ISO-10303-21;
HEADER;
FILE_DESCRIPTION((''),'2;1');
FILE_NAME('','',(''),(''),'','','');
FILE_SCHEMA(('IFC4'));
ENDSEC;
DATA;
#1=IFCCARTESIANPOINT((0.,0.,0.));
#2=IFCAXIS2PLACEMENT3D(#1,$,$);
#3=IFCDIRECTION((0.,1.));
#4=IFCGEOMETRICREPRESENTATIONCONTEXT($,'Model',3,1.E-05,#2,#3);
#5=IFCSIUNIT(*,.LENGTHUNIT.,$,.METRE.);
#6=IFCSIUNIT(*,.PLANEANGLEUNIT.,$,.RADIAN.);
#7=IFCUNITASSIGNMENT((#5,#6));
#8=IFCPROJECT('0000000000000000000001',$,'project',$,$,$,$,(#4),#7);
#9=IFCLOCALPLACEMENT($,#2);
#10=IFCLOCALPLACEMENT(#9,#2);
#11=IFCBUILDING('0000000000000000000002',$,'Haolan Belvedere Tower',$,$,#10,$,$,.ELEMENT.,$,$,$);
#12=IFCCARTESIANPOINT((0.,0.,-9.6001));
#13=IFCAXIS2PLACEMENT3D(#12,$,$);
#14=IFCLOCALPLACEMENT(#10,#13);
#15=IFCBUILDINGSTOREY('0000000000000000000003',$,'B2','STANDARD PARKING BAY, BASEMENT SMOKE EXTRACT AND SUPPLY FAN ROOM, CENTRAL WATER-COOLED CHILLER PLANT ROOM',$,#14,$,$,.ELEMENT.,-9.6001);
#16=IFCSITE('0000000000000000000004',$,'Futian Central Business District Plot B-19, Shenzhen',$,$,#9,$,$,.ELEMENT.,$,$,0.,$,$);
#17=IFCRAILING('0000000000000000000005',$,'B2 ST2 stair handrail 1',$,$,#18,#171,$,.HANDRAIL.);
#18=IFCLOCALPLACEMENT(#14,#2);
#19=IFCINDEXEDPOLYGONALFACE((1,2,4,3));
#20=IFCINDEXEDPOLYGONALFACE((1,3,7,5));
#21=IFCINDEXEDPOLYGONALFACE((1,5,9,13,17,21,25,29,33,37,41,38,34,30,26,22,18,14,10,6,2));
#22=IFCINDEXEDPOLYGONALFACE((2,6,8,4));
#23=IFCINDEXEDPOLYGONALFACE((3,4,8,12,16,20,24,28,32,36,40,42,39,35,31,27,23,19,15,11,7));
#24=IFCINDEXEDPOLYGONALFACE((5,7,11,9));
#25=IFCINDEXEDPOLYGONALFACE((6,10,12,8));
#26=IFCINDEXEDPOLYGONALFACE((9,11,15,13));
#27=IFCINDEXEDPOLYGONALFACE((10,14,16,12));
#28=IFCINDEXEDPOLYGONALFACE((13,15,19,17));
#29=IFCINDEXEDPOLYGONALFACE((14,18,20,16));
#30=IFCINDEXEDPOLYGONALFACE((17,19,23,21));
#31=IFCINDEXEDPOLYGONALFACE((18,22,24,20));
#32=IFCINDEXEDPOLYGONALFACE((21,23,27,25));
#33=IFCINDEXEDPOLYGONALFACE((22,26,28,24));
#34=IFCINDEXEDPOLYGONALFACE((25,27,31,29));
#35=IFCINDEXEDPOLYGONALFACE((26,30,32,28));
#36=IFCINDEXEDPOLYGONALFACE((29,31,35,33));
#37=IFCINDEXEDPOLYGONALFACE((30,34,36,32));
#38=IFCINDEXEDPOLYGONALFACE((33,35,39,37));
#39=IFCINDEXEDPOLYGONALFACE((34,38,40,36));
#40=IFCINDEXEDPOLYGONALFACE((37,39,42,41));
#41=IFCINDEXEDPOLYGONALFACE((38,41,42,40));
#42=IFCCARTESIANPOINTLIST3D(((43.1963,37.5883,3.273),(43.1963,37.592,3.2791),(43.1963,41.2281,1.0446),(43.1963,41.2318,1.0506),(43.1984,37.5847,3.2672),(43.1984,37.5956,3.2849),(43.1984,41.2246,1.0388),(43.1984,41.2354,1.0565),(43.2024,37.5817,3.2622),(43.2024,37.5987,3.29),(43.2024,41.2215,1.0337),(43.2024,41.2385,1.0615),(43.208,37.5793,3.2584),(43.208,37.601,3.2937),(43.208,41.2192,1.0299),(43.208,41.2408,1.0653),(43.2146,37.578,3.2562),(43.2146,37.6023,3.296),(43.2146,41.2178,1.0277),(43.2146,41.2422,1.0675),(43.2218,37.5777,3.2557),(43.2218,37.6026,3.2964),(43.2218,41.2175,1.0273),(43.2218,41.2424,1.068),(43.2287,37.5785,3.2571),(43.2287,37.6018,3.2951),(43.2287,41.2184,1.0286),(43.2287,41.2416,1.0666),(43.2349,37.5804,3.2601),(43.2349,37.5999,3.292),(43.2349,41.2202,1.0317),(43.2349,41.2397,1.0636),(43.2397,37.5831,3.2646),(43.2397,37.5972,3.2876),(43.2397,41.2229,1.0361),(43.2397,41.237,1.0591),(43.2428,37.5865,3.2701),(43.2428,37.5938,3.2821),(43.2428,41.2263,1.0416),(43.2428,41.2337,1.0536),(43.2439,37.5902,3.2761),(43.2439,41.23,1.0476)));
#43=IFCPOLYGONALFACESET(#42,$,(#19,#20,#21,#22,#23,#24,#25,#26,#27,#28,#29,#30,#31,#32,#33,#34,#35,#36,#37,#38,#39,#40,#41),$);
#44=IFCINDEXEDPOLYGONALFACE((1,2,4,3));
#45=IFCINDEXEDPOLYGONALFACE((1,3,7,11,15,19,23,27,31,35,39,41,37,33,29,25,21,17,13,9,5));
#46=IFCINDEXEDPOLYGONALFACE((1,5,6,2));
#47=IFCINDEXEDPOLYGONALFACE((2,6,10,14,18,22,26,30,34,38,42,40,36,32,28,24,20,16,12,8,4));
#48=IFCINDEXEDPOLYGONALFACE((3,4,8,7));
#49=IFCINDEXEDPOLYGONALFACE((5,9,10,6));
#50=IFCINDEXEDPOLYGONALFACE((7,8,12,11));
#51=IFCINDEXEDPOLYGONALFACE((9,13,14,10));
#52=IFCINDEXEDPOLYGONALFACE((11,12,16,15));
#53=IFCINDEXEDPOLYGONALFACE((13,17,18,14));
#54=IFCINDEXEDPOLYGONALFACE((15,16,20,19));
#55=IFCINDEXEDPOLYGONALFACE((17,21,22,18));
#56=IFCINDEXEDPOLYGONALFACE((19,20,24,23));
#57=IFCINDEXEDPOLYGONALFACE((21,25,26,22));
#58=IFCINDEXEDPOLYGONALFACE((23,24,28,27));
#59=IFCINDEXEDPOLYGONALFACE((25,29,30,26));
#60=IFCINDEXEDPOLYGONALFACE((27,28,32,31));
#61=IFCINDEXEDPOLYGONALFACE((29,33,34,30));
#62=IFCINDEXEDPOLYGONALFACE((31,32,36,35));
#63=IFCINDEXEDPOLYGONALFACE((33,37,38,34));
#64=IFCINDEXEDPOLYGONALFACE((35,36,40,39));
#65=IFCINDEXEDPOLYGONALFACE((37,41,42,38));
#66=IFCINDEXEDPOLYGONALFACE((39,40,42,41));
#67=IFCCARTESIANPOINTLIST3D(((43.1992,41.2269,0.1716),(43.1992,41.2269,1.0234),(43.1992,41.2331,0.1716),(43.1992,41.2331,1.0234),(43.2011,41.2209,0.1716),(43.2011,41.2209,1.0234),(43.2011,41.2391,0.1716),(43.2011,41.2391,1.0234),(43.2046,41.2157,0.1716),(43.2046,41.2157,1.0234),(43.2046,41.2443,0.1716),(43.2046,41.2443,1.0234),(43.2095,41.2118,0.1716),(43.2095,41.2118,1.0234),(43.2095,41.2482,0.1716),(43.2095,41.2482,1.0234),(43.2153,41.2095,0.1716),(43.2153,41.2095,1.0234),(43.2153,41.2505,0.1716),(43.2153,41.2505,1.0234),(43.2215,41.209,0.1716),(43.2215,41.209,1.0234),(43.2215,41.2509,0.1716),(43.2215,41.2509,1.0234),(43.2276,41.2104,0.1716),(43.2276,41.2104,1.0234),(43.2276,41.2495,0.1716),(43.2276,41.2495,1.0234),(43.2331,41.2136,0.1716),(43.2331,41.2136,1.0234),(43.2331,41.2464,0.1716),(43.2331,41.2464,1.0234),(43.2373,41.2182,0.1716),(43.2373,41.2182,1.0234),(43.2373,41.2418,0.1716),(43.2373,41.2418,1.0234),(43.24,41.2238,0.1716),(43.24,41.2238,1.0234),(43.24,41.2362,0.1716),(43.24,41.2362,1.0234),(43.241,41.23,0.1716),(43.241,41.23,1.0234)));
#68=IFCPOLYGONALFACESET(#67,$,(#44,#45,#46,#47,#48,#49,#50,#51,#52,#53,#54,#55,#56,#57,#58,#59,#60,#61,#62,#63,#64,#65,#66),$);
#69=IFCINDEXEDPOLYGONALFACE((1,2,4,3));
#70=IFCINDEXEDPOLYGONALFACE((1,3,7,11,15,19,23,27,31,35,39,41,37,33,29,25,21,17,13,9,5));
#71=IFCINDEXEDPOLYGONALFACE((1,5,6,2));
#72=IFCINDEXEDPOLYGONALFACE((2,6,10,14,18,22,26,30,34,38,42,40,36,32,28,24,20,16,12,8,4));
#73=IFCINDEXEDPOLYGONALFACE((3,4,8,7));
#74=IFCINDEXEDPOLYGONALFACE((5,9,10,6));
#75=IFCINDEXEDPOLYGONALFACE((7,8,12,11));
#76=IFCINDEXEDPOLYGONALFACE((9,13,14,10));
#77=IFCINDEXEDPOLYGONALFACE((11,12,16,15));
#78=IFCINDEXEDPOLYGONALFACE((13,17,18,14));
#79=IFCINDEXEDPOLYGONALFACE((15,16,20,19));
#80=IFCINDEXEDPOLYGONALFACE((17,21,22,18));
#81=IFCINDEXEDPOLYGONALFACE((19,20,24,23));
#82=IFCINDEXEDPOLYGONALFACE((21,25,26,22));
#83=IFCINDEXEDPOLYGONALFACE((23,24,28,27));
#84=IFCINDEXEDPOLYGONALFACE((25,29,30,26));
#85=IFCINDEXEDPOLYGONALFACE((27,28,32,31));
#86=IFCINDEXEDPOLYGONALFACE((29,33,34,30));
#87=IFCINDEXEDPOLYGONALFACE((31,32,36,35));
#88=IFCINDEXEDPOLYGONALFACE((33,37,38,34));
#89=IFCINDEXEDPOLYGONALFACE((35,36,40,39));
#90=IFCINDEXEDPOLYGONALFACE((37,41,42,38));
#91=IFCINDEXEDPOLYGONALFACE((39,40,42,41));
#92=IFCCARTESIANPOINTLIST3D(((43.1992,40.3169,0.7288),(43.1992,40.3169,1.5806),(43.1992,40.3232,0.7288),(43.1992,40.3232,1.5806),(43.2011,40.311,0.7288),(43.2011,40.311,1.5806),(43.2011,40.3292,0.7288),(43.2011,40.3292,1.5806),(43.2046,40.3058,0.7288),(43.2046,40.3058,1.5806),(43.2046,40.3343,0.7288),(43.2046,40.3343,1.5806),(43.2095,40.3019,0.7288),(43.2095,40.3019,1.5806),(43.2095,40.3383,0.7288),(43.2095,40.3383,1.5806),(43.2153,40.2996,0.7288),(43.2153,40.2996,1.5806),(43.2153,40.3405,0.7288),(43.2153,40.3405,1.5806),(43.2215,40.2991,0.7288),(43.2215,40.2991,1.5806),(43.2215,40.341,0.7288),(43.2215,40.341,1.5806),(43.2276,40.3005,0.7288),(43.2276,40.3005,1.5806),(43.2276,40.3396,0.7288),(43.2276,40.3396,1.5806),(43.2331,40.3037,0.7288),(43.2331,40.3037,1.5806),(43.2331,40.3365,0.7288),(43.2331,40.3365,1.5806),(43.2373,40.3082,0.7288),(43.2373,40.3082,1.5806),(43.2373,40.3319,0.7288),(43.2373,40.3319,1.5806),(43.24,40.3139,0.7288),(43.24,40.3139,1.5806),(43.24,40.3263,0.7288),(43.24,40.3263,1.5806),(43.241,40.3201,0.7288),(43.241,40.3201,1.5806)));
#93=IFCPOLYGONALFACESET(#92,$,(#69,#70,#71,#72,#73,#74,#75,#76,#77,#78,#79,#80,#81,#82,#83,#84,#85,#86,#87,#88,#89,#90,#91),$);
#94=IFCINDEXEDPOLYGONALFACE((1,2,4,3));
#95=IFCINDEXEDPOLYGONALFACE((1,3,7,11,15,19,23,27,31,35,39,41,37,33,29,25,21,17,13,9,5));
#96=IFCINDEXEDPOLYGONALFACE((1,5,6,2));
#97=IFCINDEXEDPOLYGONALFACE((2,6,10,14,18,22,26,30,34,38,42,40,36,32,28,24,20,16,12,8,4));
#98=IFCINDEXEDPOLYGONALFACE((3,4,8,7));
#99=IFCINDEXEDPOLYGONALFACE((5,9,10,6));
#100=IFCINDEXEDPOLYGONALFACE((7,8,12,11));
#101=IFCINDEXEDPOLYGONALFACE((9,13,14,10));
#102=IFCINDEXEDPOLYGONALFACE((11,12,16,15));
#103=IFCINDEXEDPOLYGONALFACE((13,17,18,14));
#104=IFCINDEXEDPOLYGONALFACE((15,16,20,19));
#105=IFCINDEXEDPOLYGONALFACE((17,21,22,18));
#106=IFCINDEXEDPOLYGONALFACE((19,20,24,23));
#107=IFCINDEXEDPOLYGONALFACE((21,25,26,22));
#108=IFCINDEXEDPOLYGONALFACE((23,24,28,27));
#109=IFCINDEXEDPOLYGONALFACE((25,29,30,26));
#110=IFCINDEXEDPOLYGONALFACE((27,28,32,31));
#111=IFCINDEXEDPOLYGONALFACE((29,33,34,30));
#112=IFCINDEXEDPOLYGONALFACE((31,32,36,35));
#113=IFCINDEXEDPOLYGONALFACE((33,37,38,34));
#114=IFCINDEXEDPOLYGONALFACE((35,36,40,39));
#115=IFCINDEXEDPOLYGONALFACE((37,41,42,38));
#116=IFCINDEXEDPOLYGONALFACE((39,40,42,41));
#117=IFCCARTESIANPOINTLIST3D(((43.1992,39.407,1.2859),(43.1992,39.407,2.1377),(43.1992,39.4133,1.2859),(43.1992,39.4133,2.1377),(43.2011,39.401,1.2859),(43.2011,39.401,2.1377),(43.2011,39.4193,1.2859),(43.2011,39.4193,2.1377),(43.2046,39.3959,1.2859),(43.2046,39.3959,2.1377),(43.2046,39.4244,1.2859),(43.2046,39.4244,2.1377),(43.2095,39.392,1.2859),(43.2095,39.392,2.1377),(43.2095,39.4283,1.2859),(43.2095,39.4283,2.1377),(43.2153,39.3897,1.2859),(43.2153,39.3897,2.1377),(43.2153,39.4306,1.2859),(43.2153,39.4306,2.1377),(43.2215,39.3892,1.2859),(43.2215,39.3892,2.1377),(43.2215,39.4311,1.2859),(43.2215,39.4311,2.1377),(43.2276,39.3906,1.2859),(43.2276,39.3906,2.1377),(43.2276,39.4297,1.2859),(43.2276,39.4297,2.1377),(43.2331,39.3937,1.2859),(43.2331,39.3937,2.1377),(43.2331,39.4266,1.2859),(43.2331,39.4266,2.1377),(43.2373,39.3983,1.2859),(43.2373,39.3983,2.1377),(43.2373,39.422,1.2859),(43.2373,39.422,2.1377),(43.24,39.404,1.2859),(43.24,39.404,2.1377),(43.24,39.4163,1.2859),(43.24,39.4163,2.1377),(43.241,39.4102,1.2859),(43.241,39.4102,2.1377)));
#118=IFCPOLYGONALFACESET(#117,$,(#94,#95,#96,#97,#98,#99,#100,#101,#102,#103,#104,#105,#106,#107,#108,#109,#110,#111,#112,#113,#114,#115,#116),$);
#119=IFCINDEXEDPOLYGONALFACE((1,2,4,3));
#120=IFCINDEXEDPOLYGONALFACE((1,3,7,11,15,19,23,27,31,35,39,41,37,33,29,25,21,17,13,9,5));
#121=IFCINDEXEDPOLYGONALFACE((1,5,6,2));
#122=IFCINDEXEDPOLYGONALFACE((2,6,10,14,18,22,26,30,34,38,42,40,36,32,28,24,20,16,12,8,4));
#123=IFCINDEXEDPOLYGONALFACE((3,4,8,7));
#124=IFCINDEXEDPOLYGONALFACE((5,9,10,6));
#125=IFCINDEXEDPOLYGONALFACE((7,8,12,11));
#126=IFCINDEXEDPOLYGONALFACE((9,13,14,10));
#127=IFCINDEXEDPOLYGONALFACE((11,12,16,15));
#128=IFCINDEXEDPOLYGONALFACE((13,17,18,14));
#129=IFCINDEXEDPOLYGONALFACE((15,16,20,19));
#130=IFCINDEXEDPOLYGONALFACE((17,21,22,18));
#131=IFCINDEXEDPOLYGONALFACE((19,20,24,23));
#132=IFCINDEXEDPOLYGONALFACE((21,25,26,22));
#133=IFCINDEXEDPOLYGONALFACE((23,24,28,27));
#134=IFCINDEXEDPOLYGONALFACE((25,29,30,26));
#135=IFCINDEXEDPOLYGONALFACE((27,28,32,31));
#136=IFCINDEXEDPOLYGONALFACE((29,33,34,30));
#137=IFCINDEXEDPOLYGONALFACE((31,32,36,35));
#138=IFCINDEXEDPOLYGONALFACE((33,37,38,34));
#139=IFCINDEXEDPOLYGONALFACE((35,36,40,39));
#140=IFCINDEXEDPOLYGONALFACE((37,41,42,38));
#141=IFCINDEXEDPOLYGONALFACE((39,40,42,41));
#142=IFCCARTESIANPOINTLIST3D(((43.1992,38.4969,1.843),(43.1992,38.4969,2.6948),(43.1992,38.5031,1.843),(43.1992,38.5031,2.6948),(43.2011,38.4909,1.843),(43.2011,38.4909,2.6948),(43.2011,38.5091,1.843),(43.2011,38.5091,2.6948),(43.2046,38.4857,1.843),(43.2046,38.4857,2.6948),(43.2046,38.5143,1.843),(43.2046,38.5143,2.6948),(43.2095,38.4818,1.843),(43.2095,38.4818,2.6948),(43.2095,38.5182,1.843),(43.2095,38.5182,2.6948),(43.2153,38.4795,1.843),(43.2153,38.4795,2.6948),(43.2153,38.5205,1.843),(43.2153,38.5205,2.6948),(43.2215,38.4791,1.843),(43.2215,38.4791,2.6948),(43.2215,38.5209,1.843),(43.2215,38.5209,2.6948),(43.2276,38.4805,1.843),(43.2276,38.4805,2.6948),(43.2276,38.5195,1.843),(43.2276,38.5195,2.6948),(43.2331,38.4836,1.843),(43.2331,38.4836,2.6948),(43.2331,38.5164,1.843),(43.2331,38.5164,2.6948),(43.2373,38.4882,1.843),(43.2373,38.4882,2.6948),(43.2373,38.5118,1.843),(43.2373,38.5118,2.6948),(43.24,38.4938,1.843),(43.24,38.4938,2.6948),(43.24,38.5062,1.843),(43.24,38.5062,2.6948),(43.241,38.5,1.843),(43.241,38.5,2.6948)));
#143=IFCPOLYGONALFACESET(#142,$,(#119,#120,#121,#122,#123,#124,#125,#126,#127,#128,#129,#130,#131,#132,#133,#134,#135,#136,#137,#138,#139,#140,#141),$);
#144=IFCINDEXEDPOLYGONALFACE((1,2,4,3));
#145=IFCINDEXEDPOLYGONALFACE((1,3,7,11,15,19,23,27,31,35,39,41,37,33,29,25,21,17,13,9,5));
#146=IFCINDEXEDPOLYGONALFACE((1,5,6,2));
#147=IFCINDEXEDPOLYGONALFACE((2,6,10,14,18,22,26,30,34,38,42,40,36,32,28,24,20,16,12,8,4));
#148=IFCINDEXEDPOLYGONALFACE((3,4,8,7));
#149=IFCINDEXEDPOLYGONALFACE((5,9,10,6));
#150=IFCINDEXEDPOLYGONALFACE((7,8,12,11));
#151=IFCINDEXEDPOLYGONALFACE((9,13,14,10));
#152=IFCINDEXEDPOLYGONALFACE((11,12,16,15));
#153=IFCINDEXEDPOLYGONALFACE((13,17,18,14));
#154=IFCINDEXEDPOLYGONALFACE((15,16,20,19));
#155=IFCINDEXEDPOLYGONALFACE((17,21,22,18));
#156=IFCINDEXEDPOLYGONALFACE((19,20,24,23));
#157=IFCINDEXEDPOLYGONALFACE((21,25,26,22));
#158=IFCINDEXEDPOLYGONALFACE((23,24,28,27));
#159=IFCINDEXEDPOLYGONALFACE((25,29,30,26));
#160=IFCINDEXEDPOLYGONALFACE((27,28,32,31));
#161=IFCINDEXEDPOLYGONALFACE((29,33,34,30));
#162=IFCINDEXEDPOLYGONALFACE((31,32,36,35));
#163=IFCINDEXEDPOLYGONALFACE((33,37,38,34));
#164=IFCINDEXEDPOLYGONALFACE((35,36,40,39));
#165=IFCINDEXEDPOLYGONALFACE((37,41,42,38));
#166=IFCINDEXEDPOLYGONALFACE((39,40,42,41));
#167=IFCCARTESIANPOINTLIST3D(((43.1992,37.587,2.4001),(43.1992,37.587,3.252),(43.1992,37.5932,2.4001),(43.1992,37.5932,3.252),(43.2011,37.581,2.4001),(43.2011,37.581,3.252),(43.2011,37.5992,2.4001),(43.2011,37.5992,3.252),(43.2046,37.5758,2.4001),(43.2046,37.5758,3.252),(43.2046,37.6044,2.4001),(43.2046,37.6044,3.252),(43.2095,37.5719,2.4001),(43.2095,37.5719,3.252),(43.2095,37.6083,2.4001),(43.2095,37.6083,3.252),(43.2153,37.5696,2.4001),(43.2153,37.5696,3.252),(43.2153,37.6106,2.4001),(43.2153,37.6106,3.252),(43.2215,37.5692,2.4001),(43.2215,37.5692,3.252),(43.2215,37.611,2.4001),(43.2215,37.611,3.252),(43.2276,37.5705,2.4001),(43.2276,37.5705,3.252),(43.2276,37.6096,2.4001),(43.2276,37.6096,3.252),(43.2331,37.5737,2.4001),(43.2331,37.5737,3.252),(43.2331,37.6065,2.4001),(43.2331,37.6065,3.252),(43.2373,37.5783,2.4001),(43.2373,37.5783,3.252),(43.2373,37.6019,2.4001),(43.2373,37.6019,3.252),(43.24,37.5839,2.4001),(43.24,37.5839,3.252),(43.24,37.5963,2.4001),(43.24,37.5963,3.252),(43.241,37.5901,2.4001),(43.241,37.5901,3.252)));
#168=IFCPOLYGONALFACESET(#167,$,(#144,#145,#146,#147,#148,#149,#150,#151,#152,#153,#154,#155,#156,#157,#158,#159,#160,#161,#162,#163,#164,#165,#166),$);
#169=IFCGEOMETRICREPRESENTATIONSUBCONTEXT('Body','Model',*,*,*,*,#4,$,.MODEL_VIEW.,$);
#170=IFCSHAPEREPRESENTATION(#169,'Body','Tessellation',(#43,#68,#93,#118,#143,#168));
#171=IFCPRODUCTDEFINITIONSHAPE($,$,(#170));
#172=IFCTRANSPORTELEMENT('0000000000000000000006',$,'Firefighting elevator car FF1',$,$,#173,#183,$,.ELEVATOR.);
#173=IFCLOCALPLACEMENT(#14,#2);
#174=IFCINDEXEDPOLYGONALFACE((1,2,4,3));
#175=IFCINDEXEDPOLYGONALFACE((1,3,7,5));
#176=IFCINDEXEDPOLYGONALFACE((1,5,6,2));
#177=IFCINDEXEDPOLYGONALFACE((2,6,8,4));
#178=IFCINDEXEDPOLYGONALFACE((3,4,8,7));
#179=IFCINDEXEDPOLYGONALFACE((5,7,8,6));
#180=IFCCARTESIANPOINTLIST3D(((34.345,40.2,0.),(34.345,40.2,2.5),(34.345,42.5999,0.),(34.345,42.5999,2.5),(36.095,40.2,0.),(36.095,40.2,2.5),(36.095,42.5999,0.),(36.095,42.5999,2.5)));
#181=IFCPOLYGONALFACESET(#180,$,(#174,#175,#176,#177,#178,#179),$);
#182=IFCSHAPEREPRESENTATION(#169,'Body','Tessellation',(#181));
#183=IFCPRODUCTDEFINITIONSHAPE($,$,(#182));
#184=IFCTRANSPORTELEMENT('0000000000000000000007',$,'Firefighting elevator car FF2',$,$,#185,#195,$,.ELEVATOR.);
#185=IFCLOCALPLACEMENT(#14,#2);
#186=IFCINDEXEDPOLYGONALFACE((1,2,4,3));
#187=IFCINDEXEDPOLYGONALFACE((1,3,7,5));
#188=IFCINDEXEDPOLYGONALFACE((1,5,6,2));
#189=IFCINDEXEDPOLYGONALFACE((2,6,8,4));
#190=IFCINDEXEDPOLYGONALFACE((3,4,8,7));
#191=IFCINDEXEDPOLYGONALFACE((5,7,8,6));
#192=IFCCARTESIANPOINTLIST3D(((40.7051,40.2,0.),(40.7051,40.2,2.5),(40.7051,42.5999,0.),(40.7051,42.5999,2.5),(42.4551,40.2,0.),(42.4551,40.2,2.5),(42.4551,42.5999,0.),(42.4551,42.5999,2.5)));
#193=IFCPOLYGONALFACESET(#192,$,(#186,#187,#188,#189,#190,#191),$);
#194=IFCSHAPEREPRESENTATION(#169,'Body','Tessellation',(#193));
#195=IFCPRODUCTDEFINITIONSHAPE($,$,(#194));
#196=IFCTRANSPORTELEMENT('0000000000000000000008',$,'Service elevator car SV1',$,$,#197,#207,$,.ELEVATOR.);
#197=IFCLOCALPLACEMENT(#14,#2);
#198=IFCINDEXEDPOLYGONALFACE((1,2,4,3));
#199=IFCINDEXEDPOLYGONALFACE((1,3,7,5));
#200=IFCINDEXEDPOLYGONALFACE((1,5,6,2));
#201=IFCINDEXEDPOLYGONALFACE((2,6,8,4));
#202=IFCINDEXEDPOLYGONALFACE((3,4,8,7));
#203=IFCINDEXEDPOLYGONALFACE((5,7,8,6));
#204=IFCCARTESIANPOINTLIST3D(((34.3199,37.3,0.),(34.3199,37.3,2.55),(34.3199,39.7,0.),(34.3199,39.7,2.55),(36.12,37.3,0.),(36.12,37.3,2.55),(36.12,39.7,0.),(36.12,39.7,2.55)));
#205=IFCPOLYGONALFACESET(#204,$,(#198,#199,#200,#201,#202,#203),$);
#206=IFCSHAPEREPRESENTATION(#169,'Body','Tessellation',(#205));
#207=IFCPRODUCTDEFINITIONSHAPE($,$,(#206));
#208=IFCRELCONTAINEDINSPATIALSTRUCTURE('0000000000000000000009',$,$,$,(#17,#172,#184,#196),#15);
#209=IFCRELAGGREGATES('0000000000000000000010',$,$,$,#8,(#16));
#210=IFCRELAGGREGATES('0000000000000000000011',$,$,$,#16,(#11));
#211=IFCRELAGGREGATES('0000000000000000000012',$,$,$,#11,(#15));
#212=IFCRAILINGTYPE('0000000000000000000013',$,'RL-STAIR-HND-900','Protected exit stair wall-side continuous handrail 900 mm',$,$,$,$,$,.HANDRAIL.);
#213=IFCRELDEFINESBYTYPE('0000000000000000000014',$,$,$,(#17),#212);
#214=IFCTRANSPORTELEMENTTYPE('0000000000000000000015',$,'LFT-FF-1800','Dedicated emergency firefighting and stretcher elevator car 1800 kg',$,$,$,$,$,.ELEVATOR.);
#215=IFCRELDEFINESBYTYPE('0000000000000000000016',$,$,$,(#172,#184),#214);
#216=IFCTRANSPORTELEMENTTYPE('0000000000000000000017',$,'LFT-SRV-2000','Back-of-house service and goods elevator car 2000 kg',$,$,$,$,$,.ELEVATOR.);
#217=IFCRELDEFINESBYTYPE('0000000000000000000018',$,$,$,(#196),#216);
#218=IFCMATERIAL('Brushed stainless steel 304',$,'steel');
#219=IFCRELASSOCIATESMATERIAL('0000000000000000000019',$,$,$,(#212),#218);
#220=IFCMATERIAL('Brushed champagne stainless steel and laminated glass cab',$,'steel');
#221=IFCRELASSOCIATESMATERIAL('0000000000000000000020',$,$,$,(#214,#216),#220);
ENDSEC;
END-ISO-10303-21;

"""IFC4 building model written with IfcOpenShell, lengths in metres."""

from ifc_helpers import new_model, si_unit, direction, frame, origin, origin_2d, place, context, subcontext, project, spatial, rectangle, circle, extrude, material, type_object, element, save


model = new_model("IFC4")

# Units and contexts
model_context = context("Model", 3, precision=1e-05, world=origin(), true_north=direction((0.0, 1.0)))
body_context = subcontext(model_context, "Body", "Model", "MODEL_VIEW")
ifc_project = project(units=[si_unit("LENGTHUNIT", "METRE"), si_unit("PLANEANGLEUNIT", "RADIAN")], contexts=[model_context])

# Site, building, storey
site_placement = place(None, origin())
site = spatial("IfcSite", under=ifc_project, at=site_placement, Name="Futian Central Business District Plot B-19, Shenzhen", CompositionType="ELEMENT", RefElevation=0.0)
building_placement = place(site_placement, origin())
building = spatial("IfcBuilding", under=site, at=building_placement, Name="Haolan Belvedere Tower", CompositionType="ELEMENT")
storey_placement = place(building_placement, frame((0.0, 0.0, -9.6001)))
storey = spatial("IfcBuildingStorey", under=building, at=storey_placement, Name="B2", Description="STANDARD PARKING BAY, BASEMENT SMOKE EXTRACT AND SUPPLY FAN ROOM, CENTRAL WATER-COOLED CHILLER PLANT ROOM", CompositionType="ELEMENT", Elevation=-9.6001)

# Railing
ifc_material_1 = material(Name="Brushed stainless steel 304", Category="steel")
railing_type_1 = type_object("IfcRailingType", Name="RL-STAIR-HND-900", Description="Protected exit stair wall-side continuous handrail 900 mm", PredefinedType="HANDRAIL", material=ifc_material_1)
for number, where, name in (
    (1, (43.22, 41.23, 0.1716), "B2 ST2 stair handrail 1"),
):
    element("IfcRailing", number, at=place(storey_placement, frame(where)), inside=storey, type_object=railing_type_1, Name=name, PredefinedType="HANDRAIL", context=body_context, shape_type="SweptSolid", body=[
        extrude(circle(Radius=0.0239, at=origin_2d()), frame((0.0, 0.0, 0.876), z_axis=(0.0, -0.85285, 0.522156), x_axis=(1.0, 0.0, 0.0)), (0.0, 0.0, 1.0), 4.2678),
        extrude(circle(Radius=0.021, at=origin_2d()), origin(), (0.0, 0.0, 1.0), 0.8518),
        extrude(circle(Radius=0.021, at=origin_2d()), frame((0.0, -0.9099, 0.5571)), (0.0, 0.0, 1.0), 0.8518),
        extrude(circle(Radius=0.021, at=origin_2d()), frame((0.0, -1.8198, 1.1143)), (0.0, 0.0, 1.0), 0.8518),
        extrude(circle(Radius=0.021, at=origin_2d()), frame((0.0, -2.73, 1.6714)), (0.0, 0.0, 1.0), 0.8518),
        extrude(circle(Radius=0.021, at=origin_2d()), frame((0.0, -3.6399, 2.2285)), (0.0, 0.0, 1.0), 0.8518),
    ])

# Transport elements
ifc_material_2 = material(Name="Brushed champagne stainless steel and laminated glass cab", Category="steel")
transport_element_type_1 = type_object("IfcTransportElementType", Name="LFT-FF-1800", Description="Dedicated emergency firefighting and stretcher elevator car 1800 kg", PredefinedType="ELEVATOR", material=ifc_material_2)
for number, where, z_axis, x_axis, name in (
    (2, (35.22, 41.3999, 0.0), (0.0, 0.0, 1.0), (1.0, 0.0, 0.0), "Firefighting elevator car FF1"),
    (3, (41.5801, 41.3999, 0.0), (0.0, 0.0, 1.0), (1.0, 0.0, 0.0), "Firefighting elevator car FF2"),
):
    element("IfcTransportElement", number, at=place(storey_placement, frame(where, z_axis=z_axis, x_axis=x_axis)), inside=storey, type_object=transport_element_type_1, Name=name, PredefinedType="ELEVATOR", context=body_context, shape_type="SweptSolid", body=[
        extrude(rectangle(XDim=1.75, YDim=2.3999, at=origin_2d()), origin(), (0.0, 0.0, 1.0), 2.5),
    ])
transport_element_type_2 = type_object("IfcTransportElementType", Name="LFT-SRV-2000", Description="Back-of-house service and goods elevator car 2000 kg", PredefinedType="ELEVATOR", material=ifc_material_2)
for number, where, z_axis, x_axis, name in (
    (4, (35.22, 38.5, 0.0), (0.0, 0.0, 1.0), (1.0, 0.0, 0.0), "Service elevator car SV1"),
):
    element("IfcTransportElement", number, at=place(storey_placement, frame(where, z_axis=z_axis, x_axis=x_axis)), inside=storey, type_object=transport_element_type_2, Name=name, PredefinedType="ELEVATOR", context=body_context, shape_type="SweptSolid", body=[
        extrude(rectangle(XDim=1.8, YDim=2.3999, at=origin_2d()), origin(), (0.0, 0.0, 1.0), 2.55),
    ])

save(model, "model.ifc")
